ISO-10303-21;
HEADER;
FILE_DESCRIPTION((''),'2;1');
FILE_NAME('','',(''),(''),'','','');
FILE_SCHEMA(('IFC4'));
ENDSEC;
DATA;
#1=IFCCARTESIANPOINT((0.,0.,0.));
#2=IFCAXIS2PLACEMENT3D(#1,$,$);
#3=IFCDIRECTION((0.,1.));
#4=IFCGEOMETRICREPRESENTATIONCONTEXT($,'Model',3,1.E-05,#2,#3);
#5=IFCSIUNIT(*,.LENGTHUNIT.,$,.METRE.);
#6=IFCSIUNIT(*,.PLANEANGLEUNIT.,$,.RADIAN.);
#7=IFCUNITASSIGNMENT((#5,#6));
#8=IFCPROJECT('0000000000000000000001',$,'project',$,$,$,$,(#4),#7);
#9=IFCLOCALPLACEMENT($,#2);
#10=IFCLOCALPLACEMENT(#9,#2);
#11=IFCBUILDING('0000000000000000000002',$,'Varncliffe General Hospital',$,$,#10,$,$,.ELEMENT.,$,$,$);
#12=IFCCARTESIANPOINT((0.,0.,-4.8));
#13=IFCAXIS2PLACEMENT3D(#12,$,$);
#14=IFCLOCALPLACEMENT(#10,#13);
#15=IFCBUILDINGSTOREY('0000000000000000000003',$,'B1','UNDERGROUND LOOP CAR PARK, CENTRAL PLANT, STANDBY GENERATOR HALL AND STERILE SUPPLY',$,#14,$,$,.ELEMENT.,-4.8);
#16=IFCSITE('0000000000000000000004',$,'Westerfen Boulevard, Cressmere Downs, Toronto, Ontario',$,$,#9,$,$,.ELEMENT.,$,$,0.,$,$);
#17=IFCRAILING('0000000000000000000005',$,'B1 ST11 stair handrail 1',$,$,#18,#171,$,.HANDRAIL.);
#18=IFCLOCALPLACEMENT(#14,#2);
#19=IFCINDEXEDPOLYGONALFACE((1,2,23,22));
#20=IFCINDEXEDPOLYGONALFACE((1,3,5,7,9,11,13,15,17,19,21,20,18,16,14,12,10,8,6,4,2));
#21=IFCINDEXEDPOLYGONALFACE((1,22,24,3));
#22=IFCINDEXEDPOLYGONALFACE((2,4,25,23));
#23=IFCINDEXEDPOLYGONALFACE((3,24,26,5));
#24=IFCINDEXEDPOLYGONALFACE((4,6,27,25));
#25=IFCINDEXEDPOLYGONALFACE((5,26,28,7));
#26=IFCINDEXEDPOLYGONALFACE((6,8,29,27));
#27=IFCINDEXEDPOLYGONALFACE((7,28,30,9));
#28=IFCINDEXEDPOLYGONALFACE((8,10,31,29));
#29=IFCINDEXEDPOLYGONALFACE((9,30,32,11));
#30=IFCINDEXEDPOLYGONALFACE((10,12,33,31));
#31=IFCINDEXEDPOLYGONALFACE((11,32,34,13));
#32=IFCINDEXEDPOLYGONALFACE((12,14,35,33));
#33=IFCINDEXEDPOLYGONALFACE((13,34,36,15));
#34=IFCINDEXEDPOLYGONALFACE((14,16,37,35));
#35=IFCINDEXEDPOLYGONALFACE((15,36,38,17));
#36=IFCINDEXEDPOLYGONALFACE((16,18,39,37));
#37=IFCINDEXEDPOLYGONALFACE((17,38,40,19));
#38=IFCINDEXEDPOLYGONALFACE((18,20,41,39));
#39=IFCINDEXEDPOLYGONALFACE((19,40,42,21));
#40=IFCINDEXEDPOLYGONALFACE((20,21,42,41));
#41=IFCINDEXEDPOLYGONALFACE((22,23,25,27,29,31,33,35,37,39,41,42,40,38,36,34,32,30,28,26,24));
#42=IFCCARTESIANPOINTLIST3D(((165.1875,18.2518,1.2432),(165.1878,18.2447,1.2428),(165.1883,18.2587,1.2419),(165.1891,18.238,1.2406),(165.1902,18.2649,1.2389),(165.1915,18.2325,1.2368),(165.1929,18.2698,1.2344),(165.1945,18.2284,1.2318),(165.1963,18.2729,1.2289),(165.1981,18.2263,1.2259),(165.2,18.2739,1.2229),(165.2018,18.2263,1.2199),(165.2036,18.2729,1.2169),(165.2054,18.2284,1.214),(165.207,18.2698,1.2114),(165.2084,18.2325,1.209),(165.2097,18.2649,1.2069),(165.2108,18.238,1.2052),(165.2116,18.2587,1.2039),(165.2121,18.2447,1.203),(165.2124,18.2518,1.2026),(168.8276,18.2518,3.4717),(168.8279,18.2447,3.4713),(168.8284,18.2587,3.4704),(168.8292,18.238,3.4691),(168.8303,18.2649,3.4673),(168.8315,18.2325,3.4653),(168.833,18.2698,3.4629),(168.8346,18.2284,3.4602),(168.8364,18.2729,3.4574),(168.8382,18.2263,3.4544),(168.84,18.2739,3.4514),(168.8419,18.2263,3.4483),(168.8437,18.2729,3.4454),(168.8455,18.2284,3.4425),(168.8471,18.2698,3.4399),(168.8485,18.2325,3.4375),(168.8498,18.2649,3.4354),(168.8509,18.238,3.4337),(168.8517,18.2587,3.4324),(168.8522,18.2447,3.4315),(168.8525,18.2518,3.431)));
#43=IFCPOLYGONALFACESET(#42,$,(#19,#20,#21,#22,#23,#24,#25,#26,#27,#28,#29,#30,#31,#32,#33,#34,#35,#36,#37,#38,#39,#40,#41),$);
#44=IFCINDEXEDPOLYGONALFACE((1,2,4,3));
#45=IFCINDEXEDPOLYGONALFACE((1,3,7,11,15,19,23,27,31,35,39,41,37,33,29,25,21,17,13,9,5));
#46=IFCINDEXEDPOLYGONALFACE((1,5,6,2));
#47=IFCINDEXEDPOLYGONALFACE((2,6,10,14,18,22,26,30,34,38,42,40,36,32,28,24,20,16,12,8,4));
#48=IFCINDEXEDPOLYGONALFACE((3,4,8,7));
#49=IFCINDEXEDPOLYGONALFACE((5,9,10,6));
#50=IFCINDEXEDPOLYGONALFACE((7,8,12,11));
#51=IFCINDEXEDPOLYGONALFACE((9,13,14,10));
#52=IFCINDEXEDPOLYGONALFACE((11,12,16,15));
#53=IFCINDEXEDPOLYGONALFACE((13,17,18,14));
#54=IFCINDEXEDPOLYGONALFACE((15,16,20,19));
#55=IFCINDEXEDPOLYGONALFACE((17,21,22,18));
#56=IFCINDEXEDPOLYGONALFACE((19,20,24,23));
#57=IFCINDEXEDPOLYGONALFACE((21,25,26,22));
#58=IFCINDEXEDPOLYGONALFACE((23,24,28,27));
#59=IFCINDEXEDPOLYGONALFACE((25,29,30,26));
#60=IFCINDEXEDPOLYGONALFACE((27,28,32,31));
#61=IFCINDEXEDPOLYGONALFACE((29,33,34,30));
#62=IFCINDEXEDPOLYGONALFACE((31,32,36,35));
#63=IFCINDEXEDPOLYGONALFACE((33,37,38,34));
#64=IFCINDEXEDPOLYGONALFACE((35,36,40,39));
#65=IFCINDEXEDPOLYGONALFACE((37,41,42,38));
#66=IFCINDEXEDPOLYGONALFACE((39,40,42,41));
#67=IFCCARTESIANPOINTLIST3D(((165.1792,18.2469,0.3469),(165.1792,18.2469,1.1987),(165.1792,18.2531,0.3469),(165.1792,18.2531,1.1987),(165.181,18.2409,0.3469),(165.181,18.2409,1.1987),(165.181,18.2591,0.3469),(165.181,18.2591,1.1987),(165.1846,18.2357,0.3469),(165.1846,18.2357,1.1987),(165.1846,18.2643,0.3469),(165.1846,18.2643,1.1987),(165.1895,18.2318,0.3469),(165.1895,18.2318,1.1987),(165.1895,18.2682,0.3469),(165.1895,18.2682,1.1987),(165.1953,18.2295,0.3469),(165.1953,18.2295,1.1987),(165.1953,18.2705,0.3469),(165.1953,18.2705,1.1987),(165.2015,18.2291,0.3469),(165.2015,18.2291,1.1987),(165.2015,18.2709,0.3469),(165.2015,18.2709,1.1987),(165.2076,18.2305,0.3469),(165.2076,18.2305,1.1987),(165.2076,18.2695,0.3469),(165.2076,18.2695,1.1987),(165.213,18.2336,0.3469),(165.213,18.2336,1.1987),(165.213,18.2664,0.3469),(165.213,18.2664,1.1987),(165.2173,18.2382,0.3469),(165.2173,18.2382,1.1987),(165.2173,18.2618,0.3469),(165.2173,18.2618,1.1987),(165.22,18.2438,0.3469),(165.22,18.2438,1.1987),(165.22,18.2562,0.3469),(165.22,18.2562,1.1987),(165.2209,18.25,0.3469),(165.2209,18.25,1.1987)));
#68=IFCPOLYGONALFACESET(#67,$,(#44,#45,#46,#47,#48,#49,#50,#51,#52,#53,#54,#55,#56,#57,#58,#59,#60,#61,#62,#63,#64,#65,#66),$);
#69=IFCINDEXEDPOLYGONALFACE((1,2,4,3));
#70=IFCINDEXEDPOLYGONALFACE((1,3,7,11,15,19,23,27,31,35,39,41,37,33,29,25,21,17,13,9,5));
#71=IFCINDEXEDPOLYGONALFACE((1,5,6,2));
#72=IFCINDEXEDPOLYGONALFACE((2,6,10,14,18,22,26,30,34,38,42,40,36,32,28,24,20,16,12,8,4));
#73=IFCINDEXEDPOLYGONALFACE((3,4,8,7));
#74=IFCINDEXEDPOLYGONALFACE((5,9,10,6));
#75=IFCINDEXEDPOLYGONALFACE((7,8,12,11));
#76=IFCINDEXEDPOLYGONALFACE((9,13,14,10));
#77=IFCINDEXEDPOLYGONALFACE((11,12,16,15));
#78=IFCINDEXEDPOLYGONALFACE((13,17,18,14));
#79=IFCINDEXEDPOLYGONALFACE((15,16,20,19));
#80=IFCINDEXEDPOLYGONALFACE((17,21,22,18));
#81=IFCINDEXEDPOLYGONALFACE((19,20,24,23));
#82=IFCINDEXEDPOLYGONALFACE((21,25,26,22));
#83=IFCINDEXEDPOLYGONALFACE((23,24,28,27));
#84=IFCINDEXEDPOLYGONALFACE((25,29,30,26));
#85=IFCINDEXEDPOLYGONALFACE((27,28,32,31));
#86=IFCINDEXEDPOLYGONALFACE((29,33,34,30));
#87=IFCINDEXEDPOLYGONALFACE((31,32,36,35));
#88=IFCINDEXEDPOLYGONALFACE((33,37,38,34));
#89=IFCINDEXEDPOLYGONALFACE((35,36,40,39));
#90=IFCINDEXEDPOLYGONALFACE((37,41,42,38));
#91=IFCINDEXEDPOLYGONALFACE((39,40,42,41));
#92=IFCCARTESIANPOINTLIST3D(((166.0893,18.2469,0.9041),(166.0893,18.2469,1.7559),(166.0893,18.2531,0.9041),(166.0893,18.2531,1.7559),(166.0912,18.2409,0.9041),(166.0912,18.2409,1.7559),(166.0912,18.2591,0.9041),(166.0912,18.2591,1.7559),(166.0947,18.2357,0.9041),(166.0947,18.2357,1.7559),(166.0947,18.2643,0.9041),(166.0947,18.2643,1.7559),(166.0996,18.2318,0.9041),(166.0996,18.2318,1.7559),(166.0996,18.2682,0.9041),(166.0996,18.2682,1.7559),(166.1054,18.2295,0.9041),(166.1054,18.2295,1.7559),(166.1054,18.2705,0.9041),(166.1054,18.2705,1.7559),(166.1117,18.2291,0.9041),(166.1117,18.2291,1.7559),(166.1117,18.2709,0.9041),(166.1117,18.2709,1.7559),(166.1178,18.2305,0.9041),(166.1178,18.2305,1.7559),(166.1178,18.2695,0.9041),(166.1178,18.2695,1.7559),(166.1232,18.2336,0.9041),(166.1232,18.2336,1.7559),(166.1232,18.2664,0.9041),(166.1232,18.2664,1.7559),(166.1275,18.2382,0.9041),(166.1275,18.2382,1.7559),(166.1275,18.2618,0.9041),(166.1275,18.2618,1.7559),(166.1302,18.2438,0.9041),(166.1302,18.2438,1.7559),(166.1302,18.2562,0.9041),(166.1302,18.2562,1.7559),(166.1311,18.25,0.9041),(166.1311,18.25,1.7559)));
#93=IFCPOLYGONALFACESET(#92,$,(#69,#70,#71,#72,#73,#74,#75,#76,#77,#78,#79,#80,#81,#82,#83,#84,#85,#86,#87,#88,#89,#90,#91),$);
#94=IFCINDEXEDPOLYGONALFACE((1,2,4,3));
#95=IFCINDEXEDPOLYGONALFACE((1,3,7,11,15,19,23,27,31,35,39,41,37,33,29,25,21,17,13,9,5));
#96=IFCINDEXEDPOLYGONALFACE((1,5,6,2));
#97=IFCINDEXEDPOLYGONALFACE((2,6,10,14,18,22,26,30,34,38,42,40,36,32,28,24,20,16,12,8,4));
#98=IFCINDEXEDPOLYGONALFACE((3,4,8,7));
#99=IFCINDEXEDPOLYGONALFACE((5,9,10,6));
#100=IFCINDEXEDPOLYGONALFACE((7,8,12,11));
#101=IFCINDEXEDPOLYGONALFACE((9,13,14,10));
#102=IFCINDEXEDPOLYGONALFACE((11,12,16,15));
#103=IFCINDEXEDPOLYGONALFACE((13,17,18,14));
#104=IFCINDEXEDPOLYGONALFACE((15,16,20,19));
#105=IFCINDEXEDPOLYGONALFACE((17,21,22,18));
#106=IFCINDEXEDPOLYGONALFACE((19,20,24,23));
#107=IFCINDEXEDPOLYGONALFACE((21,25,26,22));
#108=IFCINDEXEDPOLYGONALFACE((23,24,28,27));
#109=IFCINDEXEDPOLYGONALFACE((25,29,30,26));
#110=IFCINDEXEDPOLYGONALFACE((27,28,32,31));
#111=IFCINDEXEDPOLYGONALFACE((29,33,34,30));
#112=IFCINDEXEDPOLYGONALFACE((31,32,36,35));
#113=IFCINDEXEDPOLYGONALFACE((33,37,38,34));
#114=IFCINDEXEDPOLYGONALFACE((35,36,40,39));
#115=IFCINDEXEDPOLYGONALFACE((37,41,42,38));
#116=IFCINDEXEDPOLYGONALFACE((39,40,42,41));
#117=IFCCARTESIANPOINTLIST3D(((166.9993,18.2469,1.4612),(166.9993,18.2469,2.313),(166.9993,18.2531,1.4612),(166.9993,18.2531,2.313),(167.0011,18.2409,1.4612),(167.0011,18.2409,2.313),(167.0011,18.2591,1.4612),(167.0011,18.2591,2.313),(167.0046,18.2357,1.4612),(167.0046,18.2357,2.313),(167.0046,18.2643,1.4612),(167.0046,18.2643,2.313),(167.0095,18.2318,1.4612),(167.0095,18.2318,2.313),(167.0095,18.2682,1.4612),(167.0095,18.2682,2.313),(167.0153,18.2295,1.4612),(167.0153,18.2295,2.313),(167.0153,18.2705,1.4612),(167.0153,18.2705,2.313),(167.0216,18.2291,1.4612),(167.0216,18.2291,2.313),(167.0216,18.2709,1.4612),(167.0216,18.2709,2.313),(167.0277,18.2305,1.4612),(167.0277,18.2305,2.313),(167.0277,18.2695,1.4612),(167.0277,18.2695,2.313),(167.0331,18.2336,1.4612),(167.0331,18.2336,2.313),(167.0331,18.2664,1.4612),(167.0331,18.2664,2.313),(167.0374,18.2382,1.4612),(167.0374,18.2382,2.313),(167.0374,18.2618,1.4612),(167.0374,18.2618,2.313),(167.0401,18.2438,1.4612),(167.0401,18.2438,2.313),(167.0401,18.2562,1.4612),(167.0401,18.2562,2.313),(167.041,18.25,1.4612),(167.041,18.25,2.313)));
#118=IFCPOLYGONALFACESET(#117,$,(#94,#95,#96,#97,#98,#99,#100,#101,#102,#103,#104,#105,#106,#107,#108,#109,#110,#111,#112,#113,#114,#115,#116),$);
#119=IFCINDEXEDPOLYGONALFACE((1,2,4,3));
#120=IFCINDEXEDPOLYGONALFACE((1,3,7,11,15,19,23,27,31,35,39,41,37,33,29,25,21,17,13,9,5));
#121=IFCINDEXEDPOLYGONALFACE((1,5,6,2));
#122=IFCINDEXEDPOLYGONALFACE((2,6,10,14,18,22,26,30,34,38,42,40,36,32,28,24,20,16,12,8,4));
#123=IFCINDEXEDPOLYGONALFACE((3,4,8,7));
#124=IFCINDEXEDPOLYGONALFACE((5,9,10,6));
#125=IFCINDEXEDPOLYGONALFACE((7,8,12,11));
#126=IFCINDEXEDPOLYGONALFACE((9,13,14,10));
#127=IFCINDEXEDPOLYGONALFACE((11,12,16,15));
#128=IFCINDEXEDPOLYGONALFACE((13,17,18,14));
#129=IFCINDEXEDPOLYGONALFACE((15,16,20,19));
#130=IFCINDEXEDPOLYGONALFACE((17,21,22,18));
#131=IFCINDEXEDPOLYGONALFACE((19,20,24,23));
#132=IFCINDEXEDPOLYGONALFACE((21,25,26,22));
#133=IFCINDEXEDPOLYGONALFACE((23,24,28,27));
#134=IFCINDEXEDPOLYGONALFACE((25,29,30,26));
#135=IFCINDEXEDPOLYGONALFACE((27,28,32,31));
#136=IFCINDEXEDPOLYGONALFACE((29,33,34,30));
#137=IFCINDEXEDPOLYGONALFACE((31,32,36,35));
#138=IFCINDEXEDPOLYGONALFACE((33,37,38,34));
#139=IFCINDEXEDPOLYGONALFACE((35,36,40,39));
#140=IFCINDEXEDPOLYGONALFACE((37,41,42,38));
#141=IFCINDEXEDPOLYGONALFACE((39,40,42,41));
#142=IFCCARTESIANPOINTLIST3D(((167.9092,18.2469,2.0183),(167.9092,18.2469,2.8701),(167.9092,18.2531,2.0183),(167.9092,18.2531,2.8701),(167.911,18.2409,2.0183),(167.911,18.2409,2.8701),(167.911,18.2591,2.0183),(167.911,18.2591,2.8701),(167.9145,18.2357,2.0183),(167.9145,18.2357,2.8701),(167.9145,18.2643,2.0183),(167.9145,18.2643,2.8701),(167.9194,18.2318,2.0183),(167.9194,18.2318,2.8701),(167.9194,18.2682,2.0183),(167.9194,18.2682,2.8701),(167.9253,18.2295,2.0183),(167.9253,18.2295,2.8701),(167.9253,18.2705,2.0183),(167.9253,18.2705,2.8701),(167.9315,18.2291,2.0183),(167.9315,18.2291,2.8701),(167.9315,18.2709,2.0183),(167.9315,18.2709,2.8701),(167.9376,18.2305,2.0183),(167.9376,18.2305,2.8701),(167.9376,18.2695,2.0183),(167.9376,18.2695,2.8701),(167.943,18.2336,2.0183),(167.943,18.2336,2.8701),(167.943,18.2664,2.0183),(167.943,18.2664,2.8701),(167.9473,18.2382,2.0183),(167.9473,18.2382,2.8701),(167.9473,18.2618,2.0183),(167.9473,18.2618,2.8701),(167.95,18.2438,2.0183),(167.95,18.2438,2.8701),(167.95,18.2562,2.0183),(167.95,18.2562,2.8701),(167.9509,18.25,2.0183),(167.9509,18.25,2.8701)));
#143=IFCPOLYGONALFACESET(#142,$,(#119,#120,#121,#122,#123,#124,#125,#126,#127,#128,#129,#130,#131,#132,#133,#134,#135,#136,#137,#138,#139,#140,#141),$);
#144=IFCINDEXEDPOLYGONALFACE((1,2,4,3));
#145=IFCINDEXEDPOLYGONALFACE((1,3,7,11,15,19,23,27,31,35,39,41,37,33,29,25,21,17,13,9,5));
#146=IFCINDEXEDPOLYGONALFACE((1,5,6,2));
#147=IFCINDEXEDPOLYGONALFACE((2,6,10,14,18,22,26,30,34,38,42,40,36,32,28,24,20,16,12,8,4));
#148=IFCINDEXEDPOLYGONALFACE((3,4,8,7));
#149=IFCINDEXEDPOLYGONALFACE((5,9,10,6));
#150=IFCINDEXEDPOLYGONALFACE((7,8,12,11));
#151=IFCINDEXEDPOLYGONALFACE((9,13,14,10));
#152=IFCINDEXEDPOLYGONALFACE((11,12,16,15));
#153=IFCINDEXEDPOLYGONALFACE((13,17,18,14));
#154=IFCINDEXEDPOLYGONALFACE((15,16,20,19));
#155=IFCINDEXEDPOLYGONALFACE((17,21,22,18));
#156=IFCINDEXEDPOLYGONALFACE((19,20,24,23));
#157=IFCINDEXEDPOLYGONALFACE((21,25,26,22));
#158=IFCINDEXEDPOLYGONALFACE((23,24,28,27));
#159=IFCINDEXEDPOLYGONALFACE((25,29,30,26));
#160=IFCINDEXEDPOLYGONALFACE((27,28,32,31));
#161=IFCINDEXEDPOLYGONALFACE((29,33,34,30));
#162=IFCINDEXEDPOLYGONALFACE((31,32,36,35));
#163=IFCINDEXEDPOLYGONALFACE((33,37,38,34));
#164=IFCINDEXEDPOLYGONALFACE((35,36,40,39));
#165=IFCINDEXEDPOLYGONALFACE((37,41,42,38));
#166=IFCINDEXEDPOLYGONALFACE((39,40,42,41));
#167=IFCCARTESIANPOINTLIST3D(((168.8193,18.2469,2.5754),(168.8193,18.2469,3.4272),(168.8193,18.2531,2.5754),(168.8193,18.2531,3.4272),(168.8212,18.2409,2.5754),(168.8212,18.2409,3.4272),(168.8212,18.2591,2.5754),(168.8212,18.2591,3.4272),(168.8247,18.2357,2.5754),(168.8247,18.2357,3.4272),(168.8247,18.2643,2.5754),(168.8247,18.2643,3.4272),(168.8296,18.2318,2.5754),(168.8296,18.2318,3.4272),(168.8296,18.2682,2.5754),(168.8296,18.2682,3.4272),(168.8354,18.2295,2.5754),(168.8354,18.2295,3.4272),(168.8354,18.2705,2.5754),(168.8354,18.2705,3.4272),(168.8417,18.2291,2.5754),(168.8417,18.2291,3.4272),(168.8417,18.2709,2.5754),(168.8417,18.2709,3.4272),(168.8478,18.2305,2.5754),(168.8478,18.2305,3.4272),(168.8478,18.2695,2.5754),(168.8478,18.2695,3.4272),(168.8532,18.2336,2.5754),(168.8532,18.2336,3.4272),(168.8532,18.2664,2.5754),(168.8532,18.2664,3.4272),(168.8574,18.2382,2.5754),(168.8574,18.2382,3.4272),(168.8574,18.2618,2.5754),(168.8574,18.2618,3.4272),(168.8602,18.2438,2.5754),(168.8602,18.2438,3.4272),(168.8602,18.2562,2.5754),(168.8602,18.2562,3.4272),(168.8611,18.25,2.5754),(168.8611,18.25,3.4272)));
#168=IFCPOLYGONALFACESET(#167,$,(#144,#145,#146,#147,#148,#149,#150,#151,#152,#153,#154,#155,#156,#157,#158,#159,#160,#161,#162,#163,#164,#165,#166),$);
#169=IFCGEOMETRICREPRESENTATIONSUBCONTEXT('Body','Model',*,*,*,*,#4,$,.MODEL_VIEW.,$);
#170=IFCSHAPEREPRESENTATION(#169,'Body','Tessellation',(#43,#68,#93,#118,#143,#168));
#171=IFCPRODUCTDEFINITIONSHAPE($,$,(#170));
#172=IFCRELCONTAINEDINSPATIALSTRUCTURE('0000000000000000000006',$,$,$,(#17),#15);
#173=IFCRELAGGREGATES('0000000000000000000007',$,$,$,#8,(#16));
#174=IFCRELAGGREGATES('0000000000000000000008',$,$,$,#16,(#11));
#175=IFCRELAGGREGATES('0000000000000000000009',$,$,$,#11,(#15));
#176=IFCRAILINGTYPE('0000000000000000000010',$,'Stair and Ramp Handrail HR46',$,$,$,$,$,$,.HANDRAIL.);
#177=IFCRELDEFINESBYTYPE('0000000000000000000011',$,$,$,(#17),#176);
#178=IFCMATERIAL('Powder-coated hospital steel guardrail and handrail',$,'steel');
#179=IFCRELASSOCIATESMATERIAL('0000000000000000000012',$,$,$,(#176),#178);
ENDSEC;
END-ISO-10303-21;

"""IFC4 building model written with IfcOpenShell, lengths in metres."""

from ifc_helpers import new_model, si_unit, direction, frame, origin, origin_2d, place, context, subcontext, project, spatial, circle, extrude, material, type_object, element, save


model = new_model("IFC4")

# Units and contexts
model_context = context("Model", 3, precision=1e-05, world=origin(), true_north=direction((0.0, 1.0)))
body_context = subcontext(model_context, "Body", "Model", "MODEL_VIEW")
ifc_project = project(units=[si_unit("LENGTHUNIT", "METRE"), si_unit("PLANEANGLEUNIT", "RADIAN")], contexts=[model_context])

# Site, building, storey
site_placement = place(None, origin())
site = spatial("IfcSite", under=ifc_project, at=site_placement, Name="Westerfen Boulevard, Cressmere Downs, Toronto, Ontario", CompositionType="ELEMENT", RefElevation=0.0)
building_placement = place(site_placement, origin())
building = spatial("IfcBuilding", under=site, at=building_placement, Name="Varncliffe General Hospital", CompositionType="ELEMENT")
storey_placement = place(building_placement, frame((0.0, 0.0, -4.8)))
storey = spatial("IfcBuildingStorey", under=building, at=storey_placement, Name="B1", Description="UNDERGROUND LOOP CAR PARK, CENTRAL PLANT, STANDBY GENERATOR HALL AND STERILE SUPPLY", CompositionType="ELEMENT", Elevation=-4.8)

# Railing
ifc_material_1 = material(Name="Powder-coated hospital steel guardrail and handrail", Category="steel")
railing_type_1 = type_object("IfcRailingType", Name="Stair and Ramp Handrail HR46", PredefinedType="HANDRAIL", material=ifc_material_1)
railing_1_placement = place(storey_placement, frame((165.2, 18.25, 0.3469)))
element("IfcRailing", 1, at=railing_1_placement, inside=storey, type_object=railing_type_1, Name="B1 ST11 stair handrail 1", PredefinedType="HANDRAIL", context=body_context, shape_type="SweptSolid", body=[
    extrude(circle(Radius=0.0239, at=origin_2d()), frame((0.0, 0.0, 0.876), z_axis=(0.852866, 0.0, 0.52213), x_axis=(0.0, 1.0, 0.0)), (0.0, 0.0, 1.0), 4.2681),
    extrude(circle(Radius=0.021, at=origin_2d()), origin(), (0.0, 0.0, 1.0), 0.8518),
    extrude(circle(Radius=0.021, at=origin_2d()), frame((0.9102, 0.0, 0.5571)), (0.0, 0.0, 1.0), 0.8518),
    extrude(circle(Radius=0.021, at=origin_2d()), frame((1.8201, 0.0, 1.1143)), (0.0, 0.0, 1.0), 0.8518),
    extrude(circle(Radius=0.021, at=origin_2d()), frame((2.73, 0.0, 1.6714)), (0.0, 0.0, 1.0), 0.8518),
    extrude(circle(Radius=0.021, at=origin_2d()), frame((3.6401, 0.0, 2.2285)), (0.0, 0.0, 1.0), 0.8518),
])

save(model, "model.ifc")
